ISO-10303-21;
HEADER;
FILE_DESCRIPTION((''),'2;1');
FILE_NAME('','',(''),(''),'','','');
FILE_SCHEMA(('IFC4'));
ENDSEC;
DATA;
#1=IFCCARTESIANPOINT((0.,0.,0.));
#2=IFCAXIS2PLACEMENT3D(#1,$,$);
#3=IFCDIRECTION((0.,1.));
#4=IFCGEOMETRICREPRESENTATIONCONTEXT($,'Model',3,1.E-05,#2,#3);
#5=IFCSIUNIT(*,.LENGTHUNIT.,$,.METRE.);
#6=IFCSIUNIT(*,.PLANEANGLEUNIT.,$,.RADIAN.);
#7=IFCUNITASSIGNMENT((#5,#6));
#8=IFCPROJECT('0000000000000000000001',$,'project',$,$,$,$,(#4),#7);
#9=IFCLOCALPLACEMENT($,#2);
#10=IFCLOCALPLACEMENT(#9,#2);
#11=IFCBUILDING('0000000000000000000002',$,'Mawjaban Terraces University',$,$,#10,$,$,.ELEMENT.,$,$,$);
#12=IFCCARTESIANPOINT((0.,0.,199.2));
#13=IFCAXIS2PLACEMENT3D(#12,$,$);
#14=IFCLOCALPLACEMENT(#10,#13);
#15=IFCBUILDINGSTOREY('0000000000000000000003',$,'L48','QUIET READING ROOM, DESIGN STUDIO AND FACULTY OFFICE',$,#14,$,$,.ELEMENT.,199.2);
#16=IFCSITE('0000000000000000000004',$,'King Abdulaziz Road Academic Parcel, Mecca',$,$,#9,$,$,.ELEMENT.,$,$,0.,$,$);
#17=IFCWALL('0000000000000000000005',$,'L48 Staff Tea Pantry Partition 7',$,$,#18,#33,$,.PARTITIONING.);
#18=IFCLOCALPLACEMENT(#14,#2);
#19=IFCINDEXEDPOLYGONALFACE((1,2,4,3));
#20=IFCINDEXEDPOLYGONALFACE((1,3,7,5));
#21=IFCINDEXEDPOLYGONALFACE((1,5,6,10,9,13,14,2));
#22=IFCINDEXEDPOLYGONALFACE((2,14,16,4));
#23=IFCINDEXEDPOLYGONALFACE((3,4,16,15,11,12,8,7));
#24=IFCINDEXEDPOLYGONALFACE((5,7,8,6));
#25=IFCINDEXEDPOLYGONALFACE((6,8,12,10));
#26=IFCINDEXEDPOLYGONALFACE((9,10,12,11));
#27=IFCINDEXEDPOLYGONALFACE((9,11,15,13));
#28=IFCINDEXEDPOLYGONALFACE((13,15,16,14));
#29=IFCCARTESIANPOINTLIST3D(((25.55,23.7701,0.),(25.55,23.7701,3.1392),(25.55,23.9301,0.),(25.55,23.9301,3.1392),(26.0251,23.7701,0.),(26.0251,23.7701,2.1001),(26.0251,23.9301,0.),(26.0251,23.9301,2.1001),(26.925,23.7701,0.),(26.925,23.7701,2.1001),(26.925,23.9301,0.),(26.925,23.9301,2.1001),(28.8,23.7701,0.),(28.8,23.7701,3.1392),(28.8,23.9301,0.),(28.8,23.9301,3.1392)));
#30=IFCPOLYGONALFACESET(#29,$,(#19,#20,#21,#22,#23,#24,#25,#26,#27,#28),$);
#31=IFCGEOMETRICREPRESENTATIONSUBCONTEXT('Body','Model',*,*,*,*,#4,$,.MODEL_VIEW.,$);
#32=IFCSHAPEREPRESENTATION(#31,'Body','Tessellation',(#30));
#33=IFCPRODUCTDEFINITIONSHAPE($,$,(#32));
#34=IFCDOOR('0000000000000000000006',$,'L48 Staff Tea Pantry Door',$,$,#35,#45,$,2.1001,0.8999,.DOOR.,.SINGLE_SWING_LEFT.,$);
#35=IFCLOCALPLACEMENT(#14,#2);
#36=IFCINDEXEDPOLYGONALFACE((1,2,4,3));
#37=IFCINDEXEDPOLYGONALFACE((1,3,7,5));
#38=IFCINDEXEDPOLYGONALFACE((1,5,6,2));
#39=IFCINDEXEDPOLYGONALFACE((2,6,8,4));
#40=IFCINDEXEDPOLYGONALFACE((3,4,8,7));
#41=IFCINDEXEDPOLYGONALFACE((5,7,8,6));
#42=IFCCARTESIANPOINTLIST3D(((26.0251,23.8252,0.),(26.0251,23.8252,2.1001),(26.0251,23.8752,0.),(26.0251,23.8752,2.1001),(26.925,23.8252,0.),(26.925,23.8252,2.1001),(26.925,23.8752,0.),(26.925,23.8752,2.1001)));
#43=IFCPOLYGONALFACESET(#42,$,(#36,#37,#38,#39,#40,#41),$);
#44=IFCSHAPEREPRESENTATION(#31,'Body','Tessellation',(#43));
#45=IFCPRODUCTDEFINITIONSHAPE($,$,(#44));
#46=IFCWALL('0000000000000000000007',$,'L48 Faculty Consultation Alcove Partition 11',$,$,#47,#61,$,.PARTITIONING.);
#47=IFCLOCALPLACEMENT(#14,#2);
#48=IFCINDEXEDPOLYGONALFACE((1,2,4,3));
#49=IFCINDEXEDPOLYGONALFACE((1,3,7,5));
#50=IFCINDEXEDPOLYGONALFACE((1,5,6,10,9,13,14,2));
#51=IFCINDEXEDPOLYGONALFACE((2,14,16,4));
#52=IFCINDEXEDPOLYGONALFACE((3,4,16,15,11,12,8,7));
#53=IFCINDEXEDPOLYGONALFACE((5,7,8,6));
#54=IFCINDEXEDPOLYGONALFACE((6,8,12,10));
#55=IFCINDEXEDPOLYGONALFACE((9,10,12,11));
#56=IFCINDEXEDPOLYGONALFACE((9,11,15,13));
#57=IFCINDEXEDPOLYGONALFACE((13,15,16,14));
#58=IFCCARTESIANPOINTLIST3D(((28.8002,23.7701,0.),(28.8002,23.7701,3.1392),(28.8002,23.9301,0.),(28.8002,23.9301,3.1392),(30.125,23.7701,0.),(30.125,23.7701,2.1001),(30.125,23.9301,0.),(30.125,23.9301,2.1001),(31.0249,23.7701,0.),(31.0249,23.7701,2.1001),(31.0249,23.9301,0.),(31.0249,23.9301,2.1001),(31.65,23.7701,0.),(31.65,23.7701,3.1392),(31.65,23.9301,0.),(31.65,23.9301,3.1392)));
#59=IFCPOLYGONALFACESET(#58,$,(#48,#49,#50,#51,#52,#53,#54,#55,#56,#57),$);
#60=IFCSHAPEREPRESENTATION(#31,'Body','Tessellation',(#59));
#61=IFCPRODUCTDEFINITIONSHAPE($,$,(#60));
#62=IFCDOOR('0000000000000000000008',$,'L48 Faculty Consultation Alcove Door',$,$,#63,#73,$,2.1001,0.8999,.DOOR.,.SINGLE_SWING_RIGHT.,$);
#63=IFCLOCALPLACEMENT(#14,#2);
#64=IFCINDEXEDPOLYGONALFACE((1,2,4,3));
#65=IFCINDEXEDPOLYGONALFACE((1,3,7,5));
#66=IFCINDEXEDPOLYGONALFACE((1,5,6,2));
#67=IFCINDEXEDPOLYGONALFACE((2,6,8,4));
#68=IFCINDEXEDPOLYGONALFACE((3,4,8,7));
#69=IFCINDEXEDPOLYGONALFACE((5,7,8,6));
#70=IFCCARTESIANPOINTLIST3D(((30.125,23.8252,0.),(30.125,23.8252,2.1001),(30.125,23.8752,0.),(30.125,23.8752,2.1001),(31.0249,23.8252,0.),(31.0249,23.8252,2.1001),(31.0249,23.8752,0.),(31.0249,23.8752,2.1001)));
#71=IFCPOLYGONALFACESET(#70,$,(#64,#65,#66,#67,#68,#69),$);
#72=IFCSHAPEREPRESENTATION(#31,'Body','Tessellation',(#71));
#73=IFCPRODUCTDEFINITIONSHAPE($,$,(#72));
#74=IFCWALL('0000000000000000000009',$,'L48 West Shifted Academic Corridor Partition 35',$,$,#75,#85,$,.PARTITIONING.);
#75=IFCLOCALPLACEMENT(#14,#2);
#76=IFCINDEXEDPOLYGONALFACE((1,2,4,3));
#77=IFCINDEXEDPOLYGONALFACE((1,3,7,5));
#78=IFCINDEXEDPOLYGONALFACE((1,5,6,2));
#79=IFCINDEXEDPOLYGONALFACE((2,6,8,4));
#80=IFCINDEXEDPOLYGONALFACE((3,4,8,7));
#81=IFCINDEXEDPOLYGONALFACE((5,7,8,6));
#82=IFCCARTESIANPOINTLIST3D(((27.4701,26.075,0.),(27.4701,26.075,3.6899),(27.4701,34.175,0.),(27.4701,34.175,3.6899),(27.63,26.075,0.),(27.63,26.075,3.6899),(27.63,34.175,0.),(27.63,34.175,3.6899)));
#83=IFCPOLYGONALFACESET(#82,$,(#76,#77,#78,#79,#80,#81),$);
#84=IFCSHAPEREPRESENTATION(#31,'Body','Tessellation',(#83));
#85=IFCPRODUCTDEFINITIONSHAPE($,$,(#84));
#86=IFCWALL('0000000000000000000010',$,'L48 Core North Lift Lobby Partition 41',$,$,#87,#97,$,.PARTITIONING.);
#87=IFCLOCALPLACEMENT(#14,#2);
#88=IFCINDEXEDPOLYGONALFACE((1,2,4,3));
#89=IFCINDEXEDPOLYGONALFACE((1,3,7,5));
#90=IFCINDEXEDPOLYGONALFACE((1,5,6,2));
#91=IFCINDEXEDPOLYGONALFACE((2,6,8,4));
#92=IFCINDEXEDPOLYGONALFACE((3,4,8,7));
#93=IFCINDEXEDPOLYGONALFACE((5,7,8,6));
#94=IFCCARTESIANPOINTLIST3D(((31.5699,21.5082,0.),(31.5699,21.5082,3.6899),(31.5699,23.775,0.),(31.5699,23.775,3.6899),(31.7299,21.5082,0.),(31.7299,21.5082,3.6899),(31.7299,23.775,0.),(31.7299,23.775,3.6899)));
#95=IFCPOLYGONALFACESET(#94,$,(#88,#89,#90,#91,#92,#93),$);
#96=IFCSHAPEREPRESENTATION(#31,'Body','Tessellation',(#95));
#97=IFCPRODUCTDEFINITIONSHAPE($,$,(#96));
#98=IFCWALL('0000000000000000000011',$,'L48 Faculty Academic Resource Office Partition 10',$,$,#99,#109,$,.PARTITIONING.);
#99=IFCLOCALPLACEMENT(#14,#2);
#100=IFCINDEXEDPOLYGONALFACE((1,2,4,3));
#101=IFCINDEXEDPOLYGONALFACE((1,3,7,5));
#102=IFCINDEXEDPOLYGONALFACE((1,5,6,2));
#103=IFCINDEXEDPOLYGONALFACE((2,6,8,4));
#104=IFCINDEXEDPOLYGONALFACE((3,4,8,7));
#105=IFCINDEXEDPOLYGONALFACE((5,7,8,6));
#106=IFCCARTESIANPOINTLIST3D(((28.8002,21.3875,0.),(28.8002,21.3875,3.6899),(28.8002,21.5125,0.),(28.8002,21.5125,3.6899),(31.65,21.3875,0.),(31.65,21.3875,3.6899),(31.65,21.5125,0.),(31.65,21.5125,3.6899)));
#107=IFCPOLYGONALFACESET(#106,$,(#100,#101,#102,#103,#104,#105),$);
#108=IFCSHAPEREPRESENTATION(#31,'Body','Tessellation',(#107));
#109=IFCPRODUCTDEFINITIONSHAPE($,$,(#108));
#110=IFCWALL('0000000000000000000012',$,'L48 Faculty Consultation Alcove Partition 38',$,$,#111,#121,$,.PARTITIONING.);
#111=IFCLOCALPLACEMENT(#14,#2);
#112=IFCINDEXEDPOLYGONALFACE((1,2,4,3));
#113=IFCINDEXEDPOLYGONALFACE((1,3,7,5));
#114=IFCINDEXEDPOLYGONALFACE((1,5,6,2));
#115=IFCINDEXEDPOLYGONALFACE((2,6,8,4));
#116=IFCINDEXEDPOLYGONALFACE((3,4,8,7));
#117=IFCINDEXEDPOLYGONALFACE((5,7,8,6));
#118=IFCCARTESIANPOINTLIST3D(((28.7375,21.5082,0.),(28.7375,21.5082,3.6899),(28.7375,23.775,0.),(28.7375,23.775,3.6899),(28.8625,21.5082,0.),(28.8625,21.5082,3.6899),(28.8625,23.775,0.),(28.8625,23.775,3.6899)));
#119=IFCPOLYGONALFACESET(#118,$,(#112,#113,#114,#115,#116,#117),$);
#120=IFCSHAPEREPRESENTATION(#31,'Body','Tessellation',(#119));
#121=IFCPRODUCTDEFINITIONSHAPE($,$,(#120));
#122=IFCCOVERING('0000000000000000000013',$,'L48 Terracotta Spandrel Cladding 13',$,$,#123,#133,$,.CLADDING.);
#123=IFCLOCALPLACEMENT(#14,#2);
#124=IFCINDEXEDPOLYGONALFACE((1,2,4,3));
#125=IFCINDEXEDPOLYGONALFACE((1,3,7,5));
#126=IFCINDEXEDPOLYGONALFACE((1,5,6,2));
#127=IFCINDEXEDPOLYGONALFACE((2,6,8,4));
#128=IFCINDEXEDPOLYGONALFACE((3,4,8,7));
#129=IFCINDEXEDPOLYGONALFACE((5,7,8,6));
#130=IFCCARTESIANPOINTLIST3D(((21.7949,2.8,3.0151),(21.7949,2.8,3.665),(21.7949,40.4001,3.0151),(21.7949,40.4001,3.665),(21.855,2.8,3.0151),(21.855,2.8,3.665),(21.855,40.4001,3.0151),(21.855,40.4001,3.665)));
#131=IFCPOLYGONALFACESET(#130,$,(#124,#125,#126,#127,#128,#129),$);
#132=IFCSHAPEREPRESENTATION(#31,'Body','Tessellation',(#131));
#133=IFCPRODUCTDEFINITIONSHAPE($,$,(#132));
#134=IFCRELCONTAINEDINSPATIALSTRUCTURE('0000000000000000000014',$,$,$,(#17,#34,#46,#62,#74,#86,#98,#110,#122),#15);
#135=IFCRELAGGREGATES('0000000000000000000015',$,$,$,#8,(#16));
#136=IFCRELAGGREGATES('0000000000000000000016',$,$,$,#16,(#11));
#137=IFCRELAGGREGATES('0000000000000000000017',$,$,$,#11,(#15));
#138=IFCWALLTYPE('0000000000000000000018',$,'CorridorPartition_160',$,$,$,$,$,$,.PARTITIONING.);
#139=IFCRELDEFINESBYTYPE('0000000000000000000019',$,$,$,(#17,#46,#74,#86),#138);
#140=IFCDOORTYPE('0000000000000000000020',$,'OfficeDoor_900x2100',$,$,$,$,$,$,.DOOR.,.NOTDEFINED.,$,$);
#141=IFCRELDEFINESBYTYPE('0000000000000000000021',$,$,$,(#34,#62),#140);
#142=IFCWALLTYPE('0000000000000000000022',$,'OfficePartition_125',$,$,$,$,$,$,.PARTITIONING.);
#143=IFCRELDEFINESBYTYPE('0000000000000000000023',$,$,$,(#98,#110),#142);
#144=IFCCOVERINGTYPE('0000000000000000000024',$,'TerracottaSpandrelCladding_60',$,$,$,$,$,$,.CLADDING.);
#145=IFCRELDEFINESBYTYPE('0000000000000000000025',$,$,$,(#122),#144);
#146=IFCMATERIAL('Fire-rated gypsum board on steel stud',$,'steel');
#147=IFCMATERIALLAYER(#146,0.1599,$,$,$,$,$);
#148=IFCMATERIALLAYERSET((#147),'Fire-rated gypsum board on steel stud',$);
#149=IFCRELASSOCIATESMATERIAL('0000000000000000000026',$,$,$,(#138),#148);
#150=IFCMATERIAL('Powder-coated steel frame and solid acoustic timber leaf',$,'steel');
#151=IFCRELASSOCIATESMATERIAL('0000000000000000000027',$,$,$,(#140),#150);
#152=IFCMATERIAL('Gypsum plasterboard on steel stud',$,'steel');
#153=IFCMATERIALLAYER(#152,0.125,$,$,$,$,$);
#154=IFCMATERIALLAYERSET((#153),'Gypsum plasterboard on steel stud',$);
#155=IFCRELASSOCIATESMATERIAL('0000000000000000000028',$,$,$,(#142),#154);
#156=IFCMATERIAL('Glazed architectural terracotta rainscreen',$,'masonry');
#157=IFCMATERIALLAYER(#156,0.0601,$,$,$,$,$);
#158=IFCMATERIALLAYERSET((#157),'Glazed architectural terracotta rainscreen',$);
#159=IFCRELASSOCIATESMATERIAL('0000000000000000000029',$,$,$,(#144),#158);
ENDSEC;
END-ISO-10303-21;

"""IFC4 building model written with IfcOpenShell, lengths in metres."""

from ifc_helpers import new_model, si_unit, direction, frame, frame_2d, origin, origin_2d, place, context, subcontext, project, spatial, rectangle, extrude, material, layer, layer_set, type_object, element, fill, save


model = new_model("IFC4")

# Units and contexts
model_context = context("Model", 3, precision=1e-05, world=origin(), true_north=direction((0.0, 1.0)))
body_context = subcontext(model_context, "Body", "Model", "MODEL_VIEW")
ifc_project = project(units=[si_unit("LENGTHUNIT", "METRE"), si_unit("PLANEANGLEUNIT", "RADIAN")], contexts=[model_context])

# Site, building, storey
site_placement = place(None, origin())
site = spatial("IfcSite", under=ifc_project, at=site_placement, Name="King Abdulaziz Road Academic Parcel, Mecca", CompositionType="ELEMENT", RefElevation=0.0)
building_placement = place(site_placement, origin())
building = spatial("IfcBuilding", under=site, at=building_placement, Name="Mawjaban Terraces University", CompositionType="ELEMENT")
storey_placement = place(building_placement, frame((0.0, 0.0, 199.2)))
storey = spatial("IfcBuildingStorey", under=building, at=storey_placement, Name="L48", Description="QUIET READING ROOM, DESIGN STUDIO AND FACULTY OFFICE", CompositionType="ELEMENT", Elevation=199.2)

# Shared definitions
ifc_material_1 = material(Name="Fire-rated gypsum board on steel stud", Category="steel")
ifc_layer_1 = layer(ifc_material_1, 0.1599)
ifc_layer_set_1 = layer_set([ifc_layer_1], Name="Fire-rated gypsum board on steel stud")
wall_type_1 = type_object("IfcWallType", Name="CorridorPartition_160", PredefinedType="PARTITIONING", material=ifc_layer_set_1)

# Walls, openings, doors
ifc_material_2 = material(Name="Powder-coated steel frame and solid acoustic timber leaf", Category="steel")
wall_1_placement = place(storey_placement, frame((28.8, 23.8501, 0.0), z_axis=(0.0, 0.0, 1.0), x_axis=(-1.0, 0.0, 0.0)))
wall_1 = element("IfcWall", 1, at=wall_1_placement, inside=storey, type_object=wall_type_1, Name="L48 Staff Tea Pantry Partition 7", PredefinedType="PARTITIONING", context=body_context, shape_type="SweptSolid", body=[
    extrude(rectangle(XDim=3.25, YDim=0.1599, at=frame_2d((1.625, 0.0))), origin(), (0.0, 0.0, 1.0), 3.1392),
])
opening_1_placement = place(wall_1_placement, frame((1.875, 0.0, 0.0)))
opening_1 = element("IfcOpeningElement", 2, at=opening_1_placement, cuts=wall_1, PredefinedType="OPENING", context=body_context, shape_type="SweptSolid", body=[
    extrude(rectangle(XDim=0.8999, YDim=2.1001, at=frame_2d((0.45, 1.05))), frame((0.0, 0.0898, 0.0), z_axis=(0.0, -1.0, 0.0), x_axis=(1.0, 0.0, 0.0)), (0.0, 0.0, 1.0), 0.1799),
])
door_type_1 = type_object("IfcDoorType", Name="OfficeDoor_900x2100", OperationType="NOTDEFINED", PredefinedType="DOOR", material=ifc_material_2)
door_1_placement = place(opening_1_placement, origin())
door_1 = element("IfcDoor", 3, at=door_1_placement, inside=storey, type_object=door_type_1, Name="L48 Staff Tea Pantry Door", OperationType="SINGLE_SWING_LEFT", OverallHeight=2.1001, OverallWidth=0.8999, PredefinedType="DOOR", context=body_context, shape_type="SweptSolid", body=[
    extrude(rectangle(XDim=0.8999, YDim=2.1001, at=frame_2d((0.45, 1.05))), frame((0.0, 0.0249, 0.0), z_axis=(0.0, -1.0, 0.0), x_axis=(1.0, 0.0, 0.0)), (0.0, 0.0, 1.0), 0.05),
])
fill(opening_1, door_1)
wall_2_placement = place(storey_placement, frame((31.6499, 23.8501, 0.0), z_axis=(0.0, 0.0, 1.0), x_axis=(-1.0, 0.0, 0.0)))
wall_2 = element("IfcWall", 4, at=wall_2_placement, inside=storey, type_object=wall_type_1, Name="L48 Faculty Consultation Alcove Partition 11", PredefinedType="PARTITIONING", context=body_context, shape_type="SweptSolid", body=[
    extrude(rectangle(XDim=2.8499, YDim=0.1599, at=frame_2d((1.4248, 0.0))), origin(), (0.0, 0.0, 1.0), 3.1392),
])
opening_2_placement = place(wall_2_placement, frame((0.625, 0.0, 0.0)))
opening_2 = element("IfcOpeningElement", 5, at=opening_2_placement, cuts=wall_2, PredefinedType="OPENING", context=body_context, shape_type="SweptSolid", body=[
    extrude(rectangle(XDim=0.8999, YDim=2.1001, at=frame_2d((0.45, 1.05))), frame((0.0, 0.0898, 0.0), z_axis=(0.0, -1.0, 0.0), x_axis=(1.0, 0.0, 0.0)), (0.0, 0.0, 1.0), 0.1799),
])
door_2_placement = place(opening_2_placement, origin())
door_2 = element("IfcDoor", 6, at=door_2_placement, inside=storey, type_object=door_type_1, Name="L48 Faculty Consultation Alcove Door", OperationType="SINGLE_SWING_RIGHT", OverallHeight=2.1001, OverallWidth=0.8999, PredefinedType="DOOR", context=body_context, shape_type="SweptSolid", body=[
    extrude(rectangle(XDim=0.8999, YDim=2.1001, at=frame_2d((0.45, 1.05))), frame((0.0, 0.0249, 0.0), z_axis=(0.0, -1.0, 0.0), x_axis=(1.0, 0.0, 0.0)), (0.0, 0.0, 1.0), 0.05),
])
fill(opening_2, door_2)

# Walls
wall_3_placement = place(storey_placement, frame((27.55, 26.075, 0.0), z_axis=(0.0, 0.0, 1.0), x_axis=(0.0, 1.0, 0.0)))
element("IfcWall", 7, at=wall_3_placement, inside=storey, type_object=wall_type_1, Name="L48 West Shifted Academic Corridor Partition 35", PredefinedType="PARTITIONING", context=body_context, shape_type="SweptSolid", body=[
    extrude(rectangle(XDim=8.1001, YDim=0.1599, at=frame_2d((4.05, 0.0))), origin(), (0.0, 0.0, 1.0), 3.6899),
])
wall_4_placement = place(storey_placement, frame((31.6499, 23.7749, 0.0), z_axis=(0.0, 0.0, 1.0), x_axis=(0.0, -1.0, 0.0)))
element("IfcWall", 8, at=wall_4_placement, inside=storey, type_object=wall_type_1, Name="L48 Core North Lift Lobby Partition 41", PredefinedType="PARTITIONING", context=body_context, shape_type="SweptSolid", body=[
    extrude(rectangle(XDim=2.2668, YDim=0.1599, at=frame_2d((1.1333, 0.0))), origin(), (0.0, 0.0, 1.0), 3.6899),
])
ifc_material_3 = material(Name="Gypsum plasterboard on steel stud", Category="steel")
ifc_layer_2 = layer(ifc_material_3, 0.125)
ifc_layer_set_2 = layer_set([ifc_layer_2], Name="Gypsum plasterboard on steel stud")
wall_type_2 = type_object("IfcWallType", Name="OfficePartition_125", PredefinedType="PARTITIONING", material=ifc_layer_set_2)
wall_5_placement = place(storey_placement, frame((31.6499, 21.45, 0.0), z_axis=(0.0, 0.0, 1.0), x_axis=(-1.0, 0.0, 0.0)))
element("IfcWall", 9, at=wall_5_placement, inside=storey, type_object=wall_type_2, Name="L48 Faculty Academic Resource Office Partition 10", PredefinedType="PARTITIONING", context=body_context, shape_type="SweptSolid", body=[
    extrude(rectangle(XDim=2.8499, YDim=0.125, at=frame_2d((1.4248, 0.0))), origin(), (0.0, 0.0, 1.0), 3.6899),
])
wall_6_placement = place(storey_placement, frame((28.8, 23.7749, 0.0), z_axis=(0.0, 0.0, 1.0), x_axis=(0.0, -1.0, 0.0)))
element("IfcWall", 10, at=wall_6_placement, inside=storey, type_object=wall_type_2, Name="L48 Faculty Consultation Alcove Partition 38", PredefinedType="PARTITIONING", context=body_context, shape_type="SweptSolid", body=[
    extrude(rectangle(XDim=2.2668, YDim=0.125, at=frame_2d((1.1333, 0.0))), origin(), (0.0, 0.0, 1.0), 3.6899),
])

# Covering
ifc_material_4 = material(Name="Glazed architectural terracotta rainscreen", Category="masonry")
ifc_layer_3 = layer(ifc_material_4, 0.0601)
ifc_layer_set_3 = layer_set([ifc_layer_3], Name="Glazed architectural terracotta rainscreen")
covering_type = type_object("IfcCoveringType", Name="TerracottaSpandrelCladding_60", PredefinedType="CLADDING", material=ifc_layer_set_3)
covering_placement = place(storey_placement, frame((21.825, 21.6001, 3.0151), z_axis=(0.0, 0.0, 1.0), x_axis=(0.0, -1.0, 0.0)))
element("IfcCovering", 11, at=covering_placement, inside=storey, type_object=covering_type, Name="L48 Terracotta Spandrel Cladding 13", PredefinedType="CLADDING", context=body_context, shape_type="SweptSolid", body=[
    extrude(rectangle(XDim=37.6001, YDim=0.0601, at=origin_2d()), origin(), (0.0, 0.0, 1.0), 0.6499),
])

save(model, "model.ifc")
